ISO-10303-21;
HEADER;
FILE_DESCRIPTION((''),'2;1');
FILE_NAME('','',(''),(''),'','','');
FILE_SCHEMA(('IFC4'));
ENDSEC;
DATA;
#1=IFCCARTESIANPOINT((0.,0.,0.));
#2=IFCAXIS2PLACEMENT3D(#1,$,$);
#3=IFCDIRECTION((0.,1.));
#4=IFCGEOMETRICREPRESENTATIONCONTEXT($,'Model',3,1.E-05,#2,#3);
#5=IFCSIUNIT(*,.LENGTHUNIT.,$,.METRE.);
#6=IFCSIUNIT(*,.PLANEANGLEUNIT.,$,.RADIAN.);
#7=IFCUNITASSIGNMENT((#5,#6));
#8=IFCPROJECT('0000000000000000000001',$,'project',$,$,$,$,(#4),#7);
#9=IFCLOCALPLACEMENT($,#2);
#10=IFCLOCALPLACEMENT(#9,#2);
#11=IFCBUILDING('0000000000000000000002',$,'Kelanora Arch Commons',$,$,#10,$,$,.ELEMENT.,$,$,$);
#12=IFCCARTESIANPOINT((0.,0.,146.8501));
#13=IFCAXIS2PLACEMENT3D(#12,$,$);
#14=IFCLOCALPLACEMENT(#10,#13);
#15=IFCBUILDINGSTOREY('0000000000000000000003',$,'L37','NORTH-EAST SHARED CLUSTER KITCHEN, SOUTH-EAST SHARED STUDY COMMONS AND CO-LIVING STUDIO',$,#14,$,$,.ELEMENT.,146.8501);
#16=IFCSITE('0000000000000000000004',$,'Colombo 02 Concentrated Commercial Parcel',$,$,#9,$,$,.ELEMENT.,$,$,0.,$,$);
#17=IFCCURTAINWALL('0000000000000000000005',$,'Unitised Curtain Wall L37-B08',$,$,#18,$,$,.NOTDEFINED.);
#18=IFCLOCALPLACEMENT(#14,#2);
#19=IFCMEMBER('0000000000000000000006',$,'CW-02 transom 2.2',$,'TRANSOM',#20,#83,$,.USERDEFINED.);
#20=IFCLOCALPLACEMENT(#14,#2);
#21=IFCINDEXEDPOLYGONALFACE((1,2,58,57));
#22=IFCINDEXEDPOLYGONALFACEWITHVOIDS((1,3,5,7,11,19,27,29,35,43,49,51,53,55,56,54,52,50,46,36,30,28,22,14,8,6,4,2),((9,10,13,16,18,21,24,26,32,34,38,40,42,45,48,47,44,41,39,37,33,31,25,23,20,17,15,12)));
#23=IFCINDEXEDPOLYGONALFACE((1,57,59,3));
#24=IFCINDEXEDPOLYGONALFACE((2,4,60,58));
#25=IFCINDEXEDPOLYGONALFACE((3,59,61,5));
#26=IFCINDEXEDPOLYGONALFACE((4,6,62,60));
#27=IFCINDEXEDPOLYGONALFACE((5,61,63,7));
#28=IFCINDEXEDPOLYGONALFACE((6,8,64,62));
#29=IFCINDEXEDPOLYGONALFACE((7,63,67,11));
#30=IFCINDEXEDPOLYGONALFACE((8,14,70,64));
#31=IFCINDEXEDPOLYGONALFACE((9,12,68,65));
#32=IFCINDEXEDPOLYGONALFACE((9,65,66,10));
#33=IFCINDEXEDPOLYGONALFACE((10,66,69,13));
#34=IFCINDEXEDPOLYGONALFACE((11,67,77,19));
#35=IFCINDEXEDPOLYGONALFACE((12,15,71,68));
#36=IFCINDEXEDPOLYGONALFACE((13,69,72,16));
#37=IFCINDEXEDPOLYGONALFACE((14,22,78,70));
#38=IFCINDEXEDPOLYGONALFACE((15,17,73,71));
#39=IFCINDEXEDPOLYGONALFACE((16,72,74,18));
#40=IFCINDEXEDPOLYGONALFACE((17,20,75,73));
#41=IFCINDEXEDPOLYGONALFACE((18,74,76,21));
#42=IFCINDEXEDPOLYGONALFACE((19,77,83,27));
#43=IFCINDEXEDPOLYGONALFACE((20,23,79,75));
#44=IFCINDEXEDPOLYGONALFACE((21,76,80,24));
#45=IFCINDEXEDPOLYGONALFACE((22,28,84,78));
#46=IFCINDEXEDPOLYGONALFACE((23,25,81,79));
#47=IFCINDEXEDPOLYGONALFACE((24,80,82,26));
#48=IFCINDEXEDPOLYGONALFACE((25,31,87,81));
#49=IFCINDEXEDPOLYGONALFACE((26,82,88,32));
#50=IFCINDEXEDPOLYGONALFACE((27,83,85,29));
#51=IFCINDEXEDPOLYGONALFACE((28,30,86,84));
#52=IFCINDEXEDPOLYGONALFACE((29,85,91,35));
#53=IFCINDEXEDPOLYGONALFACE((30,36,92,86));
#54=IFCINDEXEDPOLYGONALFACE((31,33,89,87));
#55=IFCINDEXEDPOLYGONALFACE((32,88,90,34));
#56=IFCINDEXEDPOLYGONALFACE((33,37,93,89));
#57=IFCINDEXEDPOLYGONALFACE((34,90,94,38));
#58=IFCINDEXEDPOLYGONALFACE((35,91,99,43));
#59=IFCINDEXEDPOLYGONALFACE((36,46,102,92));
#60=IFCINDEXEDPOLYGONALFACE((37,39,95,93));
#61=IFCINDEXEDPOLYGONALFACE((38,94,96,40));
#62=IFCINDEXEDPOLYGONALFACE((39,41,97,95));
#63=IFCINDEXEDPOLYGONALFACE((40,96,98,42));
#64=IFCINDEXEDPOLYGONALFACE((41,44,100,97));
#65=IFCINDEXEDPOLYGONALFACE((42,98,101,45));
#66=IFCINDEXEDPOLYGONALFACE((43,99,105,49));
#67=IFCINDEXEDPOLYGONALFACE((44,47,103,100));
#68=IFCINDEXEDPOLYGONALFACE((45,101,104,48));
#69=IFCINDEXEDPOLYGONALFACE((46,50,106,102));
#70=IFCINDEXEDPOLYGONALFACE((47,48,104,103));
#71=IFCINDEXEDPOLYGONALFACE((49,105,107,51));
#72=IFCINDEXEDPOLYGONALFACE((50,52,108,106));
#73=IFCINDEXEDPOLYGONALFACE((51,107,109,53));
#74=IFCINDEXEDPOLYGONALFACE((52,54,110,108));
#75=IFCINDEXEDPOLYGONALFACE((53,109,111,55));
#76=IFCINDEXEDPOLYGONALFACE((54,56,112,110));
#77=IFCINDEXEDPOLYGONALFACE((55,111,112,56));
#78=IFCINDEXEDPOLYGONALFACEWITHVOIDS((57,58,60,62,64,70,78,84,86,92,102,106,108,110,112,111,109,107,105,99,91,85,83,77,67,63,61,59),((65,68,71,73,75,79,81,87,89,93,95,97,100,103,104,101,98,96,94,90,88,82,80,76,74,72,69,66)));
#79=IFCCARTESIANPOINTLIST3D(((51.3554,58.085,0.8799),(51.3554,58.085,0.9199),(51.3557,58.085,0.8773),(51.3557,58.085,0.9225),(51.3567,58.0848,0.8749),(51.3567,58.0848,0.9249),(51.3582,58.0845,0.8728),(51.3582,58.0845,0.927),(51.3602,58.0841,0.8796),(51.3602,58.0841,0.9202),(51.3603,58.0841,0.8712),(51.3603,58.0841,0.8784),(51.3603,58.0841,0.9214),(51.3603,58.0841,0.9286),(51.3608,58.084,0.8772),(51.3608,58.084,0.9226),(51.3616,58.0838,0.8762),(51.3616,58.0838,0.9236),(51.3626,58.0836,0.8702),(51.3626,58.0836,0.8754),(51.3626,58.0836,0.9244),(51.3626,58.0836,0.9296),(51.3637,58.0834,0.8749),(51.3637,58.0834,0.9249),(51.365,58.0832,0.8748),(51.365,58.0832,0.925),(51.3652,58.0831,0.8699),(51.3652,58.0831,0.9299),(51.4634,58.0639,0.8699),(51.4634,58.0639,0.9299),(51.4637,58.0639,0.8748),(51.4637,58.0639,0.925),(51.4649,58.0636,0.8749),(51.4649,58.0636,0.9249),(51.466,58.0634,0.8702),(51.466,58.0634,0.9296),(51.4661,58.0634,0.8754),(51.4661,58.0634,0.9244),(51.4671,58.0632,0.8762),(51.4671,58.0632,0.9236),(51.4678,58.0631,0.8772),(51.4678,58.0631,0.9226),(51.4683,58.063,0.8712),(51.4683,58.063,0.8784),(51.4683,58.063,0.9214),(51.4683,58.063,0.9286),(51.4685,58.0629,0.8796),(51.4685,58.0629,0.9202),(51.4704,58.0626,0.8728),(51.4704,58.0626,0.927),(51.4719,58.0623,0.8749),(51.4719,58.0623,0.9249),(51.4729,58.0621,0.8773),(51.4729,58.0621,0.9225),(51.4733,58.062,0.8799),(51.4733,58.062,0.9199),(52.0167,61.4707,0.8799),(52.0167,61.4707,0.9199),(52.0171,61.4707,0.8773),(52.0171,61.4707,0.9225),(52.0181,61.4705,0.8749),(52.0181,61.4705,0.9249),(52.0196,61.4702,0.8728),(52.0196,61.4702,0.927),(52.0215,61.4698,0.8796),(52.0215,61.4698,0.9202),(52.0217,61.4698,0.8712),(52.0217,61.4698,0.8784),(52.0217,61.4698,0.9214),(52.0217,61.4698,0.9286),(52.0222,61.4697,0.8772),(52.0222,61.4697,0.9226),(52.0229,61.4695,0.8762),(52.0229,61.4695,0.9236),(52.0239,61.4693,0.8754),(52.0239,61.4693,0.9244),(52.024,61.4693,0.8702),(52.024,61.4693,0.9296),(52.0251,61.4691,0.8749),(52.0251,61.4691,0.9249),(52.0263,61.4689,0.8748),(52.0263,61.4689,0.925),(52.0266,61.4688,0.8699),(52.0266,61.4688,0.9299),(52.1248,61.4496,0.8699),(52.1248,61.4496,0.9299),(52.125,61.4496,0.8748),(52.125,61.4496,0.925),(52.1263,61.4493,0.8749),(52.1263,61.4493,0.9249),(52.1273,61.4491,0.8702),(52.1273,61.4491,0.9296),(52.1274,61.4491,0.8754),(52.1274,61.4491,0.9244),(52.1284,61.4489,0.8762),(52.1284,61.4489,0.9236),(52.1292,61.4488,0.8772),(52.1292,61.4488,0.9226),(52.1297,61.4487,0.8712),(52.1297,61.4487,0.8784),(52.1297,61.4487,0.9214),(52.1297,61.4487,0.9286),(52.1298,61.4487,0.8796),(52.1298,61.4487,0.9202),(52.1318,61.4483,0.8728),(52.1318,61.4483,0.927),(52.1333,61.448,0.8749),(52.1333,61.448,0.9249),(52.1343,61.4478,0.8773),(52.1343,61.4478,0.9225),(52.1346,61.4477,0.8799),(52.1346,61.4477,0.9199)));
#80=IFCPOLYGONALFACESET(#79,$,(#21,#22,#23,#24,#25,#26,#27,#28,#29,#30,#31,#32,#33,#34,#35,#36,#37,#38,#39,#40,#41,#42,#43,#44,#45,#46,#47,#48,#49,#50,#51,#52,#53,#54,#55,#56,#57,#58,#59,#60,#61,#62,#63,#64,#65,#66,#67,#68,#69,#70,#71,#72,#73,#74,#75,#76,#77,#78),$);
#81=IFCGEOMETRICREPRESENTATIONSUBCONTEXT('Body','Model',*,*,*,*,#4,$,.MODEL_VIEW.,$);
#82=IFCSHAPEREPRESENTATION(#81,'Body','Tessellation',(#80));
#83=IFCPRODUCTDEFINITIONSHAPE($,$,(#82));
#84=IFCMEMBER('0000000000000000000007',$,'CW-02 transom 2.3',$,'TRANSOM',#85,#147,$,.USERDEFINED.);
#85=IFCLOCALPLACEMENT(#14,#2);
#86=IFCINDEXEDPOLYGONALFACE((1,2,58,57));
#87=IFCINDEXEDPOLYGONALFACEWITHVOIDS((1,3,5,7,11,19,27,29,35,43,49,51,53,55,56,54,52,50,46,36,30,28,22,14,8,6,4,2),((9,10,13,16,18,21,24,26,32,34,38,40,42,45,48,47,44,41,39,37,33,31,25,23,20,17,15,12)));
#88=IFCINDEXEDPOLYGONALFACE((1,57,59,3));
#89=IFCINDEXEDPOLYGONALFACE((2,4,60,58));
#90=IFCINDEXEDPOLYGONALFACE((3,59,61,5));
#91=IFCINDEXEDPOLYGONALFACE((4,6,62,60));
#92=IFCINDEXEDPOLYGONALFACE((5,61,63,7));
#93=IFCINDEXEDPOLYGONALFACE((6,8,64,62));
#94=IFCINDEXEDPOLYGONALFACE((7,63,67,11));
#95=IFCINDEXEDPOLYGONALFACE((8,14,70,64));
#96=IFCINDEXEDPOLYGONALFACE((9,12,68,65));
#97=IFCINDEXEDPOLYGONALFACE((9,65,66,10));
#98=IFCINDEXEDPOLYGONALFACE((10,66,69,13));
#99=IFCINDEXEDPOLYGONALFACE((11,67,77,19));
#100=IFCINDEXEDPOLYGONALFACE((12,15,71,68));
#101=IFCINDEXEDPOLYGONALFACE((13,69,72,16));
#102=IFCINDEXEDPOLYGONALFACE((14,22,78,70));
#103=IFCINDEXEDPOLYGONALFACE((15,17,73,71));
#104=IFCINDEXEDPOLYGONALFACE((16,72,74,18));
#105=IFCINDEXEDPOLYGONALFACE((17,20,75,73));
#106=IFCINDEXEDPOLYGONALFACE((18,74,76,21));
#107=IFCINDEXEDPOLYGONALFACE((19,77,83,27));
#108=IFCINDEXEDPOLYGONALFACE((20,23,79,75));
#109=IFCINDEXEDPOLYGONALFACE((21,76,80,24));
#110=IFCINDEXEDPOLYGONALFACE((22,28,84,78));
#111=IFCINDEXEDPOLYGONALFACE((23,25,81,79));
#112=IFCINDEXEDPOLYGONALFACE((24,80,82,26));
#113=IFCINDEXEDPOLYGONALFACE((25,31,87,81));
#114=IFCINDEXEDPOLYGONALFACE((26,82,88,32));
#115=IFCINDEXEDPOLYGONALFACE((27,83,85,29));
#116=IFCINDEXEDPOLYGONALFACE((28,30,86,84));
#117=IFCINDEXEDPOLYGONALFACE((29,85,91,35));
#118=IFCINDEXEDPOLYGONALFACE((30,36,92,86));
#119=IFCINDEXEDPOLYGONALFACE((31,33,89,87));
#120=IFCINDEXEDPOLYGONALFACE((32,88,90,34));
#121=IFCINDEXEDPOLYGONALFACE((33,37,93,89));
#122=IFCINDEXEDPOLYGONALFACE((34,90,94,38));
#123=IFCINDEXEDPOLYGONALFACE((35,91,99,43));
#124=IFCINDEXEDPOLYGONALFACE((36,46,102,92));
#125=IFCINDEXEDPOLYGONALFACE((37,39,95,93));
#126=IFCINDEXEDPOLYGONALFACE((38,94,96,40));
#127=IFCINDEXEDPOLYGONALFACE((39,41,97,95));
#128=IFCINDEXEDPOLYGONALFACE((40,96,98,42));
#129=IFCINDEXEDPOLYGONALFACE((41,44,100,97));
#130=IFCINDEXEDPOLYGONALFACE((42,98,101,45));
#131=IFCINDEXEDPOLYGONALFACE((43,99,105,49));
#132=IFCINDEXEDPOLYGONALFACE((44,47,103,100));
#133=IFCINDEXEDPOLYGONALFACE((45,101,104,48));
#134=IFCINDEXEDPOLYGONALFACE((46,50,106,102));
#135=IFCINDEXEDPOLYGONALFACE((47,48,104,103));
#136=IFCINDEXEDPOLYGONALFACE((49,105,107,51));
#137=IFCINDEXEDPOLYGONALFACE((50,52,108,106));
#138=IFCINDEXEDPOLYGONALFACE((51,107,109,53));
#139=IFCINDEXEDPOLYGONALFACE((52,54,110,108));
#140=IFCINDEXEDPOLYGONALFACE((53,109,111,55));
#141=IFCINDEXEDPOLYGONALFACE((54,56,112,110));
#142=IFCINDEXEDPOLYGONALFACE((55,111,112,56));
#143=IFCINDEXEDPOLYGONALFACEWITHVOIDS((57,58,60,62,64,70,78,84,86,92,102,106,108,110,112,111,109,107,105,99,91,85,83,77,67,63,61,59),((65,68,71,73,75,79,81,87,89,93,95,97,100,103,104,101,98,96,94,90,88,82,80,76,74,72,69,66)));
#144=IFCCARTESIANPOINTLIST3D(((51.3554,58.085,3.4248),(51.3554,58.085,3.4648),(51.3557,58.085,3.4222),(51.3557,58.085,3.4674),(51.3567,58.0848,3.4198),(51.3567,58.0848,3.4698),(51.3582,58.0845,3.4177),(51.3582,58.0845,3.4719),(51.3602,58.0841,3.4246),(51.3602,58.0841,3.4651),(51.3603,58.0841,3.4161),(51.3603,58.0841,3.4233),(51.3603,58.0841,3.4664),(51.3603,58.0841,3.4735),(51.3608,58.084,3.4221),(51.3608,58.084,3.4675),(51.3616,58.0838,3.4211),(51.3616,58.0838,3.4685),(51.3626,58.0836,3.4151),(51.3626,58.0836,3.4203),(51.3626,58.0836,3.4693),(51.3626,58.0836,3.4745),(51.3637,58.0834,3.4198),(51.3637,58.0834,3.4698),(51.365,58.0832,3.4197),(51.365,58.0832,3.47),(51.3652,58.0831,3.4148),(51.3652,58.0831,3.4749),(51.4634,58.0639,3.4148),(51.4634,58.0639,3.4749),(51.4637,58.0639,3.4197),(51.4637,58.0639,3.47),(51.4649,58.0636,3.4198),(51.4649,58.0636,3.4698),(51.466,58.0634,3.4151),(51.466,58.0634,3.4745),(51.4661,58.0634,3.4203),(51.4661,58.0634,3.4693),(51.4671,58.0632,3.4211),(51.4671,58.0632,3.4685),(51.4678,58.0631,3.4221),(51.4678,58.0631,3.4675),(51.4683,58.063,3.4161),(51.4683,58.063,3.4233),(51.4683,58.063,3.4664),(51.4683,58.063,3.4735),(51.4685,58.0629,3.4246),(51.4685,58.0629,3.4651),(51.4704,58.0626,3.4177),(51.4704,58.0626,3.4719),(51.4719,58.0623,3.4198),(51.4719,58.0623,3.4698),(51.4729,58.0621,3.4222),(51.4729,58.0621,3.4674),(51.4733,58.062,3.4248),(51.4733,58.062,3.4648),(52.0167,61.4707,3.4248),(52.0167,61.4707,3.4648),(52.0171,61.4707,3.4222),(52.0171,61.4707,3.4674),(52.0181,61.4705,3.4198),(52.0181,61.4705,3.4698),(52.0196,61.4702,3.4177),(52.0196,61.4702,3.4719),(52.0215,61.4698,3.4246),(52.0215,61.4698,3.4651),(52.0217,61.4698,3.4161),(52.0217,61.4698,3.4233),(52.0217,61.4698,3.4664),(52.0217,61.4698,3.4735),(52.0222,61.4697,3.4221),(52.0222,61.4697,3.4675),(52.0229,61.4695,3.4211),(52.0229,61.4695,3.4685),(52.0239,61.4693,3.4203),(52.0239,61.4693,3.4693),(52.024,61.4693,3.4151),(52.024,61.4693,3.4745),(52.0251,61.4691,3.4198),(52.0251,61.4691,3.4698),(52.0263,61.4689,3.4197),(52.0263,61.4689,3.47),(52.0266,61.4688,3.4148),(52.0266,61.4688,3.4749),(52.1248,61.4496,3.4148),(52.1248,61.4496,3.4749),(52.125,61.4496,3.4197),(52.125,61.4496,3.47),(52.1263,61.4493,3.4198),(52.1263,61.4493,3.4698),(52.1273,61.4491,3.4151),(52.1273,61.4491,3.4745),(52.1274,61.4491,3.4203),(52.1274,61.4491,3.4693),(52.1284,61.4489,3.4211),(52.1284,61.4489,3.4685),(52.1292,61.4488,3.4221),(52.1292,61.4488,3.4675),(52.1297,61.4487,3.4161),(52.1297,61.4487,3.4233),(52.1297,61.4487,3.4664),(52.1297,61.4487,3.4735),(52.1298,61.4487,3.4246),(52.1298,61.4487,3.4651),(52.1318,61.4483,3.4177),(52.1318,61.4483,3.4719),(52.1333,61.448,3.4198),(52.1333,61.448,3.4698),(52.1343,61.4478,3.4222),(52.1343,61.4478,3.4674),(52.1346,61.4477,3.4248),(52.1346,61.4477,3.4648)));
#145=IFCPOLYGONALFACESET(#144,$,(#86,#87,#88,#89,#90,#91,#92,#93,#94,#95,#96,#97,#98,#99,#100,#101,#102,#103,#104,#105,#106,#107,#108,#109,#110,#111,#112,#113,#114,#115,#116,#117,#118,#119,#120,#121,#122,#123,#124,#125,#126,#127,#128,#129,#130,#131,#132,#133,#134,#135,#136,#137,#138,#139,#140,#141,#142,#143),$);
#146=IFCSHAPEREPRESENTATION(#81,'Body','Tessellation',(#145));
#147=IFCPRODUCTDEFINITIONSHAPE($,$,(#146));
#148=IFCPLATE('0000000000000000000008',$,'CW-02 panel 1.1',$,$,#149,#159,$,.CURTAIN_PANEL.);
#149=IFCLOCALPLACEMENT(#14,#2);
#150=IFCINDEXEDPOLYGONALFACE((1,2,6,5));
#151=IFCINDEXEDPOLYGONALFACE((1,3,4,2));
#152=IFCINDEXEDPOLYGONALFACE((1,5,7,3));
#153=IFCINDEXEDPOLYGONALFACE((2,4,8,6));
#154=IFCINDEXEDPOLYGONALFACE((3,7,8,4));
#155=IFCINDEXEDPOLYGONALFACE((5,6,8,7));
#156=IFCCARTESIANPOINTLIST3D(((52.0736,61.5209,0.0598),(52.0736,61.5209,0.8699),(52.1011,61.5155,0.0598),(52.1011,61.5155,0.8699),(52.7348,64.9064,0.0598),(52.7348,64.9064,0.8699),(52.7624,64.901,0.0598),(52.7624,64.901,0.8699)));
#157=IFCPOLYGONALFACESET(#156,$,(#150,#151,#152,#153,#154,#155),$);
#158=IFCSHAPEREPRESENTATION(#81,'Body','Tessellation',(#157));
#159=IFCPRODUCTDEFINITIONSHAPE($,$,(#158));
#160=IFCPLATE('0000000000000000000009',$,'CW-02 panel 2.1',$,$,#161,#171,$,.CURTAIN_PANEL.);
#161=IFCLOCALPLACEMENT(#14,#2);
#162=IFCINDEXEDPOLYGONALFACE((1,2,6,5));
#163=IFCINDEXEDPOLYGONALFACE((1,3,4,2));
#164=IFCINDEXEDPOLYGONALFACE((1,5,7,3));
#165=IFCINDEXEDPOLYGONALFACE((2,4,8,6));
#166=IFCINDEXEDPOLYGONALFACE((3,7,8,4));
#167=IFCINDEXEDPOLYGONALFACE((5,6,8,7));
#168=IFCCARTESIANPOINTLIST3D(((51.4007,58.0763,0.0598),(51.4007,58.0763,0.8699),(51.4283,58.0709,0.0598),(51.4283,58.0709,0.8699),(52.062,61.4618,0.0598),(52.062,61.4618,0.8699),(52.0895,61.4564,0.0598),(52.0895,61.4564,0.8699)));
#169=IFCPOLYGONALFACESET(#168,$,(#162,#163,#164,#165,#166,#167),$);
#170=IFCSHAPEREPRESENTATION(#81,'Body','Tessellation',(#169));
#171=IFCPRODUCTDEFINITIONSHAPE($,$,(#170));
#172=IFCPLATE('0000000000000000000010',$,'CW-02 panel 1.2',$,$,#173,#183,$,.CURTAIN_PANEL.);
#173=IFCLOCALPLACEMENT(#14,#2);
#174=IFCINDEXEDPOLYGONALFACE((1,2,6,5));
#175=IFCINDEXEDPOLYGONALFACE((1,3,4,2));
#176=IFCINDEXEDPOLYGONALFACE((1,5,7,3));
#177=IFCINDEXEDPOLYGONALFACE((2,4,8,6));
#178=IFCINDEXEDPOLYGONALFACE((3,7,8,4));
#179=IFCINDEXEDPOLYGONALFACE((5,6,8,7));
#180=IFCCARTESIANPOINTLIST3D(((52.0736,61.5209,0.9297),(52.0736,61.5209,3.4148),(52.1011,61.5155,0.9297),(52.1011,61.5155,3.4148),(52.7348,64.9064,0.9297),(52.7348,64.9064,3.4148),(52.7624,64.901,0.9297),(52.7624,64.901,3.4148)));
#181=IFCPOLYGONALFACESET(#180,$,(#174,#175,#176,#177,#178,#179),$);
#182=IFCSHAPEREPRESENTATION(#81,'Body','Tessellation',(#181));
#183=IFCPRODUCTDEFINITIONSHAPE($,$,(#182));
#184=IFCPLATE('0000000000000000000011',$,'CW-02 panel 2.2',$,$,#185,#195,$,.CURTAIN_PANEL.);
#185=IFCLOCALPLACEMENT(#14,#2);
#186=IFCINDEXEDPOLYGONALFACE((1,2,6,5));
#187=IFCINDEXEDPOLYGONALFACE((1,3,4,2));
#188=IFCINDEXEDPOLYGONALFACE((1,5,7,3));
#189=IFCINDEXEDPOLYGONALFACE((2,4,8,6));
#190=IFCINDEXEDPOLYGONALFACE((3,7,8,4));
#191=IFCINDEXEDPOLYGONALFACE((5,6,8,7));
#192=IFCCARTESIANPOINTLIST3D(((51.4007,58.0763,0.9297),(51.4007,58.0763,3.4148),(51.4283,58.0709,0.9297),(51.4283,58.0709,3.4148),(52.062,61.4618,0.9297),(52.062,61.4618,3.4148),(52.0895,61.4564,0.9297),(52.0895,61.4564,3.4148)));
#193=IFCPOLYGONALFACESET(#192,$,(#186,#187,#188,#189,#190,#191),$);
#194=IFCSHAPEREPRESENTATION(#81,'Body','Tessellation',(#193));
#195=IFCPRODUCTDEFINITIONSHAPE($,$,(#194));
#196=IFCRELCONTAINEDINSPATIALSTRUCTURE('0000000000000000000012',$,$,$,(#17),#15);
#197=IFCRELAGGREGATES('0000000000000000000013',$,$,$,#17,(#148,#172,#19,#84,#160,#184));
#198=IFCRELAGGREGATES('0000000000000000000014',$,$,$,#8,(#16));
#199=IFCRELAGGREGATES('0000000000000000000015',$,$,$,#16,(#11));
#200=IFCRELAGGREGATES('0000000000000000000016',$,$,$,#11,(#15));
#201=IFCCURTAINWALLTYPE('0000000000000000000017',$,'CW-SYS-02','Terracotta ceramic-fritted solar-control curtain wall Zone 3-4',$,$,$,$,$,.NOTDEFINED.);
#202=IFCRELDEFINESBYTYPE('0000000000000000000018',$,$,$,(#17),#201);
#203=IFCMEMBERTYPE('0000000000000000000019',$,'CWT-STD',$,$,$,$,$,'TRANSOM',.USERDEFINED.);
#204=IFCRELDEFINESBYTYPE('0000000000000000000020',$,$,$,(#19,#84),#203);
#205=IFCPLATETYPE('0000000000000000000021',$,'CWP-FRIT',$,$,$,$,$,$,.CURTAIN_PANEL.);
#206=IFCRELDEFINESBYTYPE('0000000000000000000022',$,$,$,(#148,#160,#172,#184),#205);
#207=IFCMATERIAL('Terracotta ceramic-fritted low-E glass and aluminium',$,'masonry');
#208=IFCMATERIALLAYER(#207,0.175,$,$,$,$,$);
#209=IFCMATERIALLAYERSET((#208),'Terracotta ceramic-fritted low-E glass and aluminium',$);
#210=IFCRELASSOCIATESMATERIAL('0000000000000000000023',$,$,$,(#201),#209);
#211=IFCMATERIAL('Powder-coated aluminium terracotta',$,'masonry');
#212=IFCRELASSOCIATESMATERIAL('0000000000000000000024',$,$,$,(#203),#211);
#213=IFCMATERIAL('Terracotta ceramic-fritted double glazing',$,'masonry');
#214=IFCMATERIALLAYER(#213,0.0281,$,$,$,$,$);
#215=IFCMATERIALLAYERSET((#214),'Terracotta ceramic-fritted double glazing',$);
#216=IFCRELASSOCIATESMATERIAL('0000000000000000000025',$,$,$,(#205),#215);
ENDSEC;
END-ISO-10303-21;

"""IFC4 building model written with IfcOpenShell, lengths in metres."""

from ifc_helpers import new_model, si_unit, direction, frame, origin, origin_2d, place, context, subcontext, project, spatial, rectangle, hollow_rectangle, extrude, source, transform, mapped, material, layer, layer_set, material_profile, profile_set, type_object, element, aggregate, save


model = new_model("IFC4")

# Units and contexts
model_context = context("Model", 3, precision=1e-05, world=origin(), true_north=direction((0.0, 1.0)))
body_context = subcontext(model_context, "Body", "Model", "MODEL_VIEW")
ifc_project = project(units=[si_unit("LENGTHUNIT", "METRE"), si_unit("PLANEANGLEUNIT", "RADIAN")], contexts=[model_context])

# Site, building, storey
site_placement = place(None, origin())
site = spatial("IfcSite", under=ifc_project, at=site_placement, Name="Colombo 02 Concentrated Commercial Parcel", CompositionType="ELEMENT", RefElevation=0.0)
building_placement = place(site_placement, origin())
building = spatial("IfcBuilding", under=site, at=building_placement, Name="Kelanora Arch Commons", CompositionType="ELEMENT")
storey_placement = place(building_placement, frame((0.0, 0.0, 146.8501)))
storey = spatial("IfcBuildingStorey", under=building, at=storey_placement, Name="L37", Description="NORTH-EAST SHARED CLUSTER KITCHEN, SOUTH-EAST SHARED STUDY COMMONS AND CO-LIVING STUDIO", CompositionType="ELEMENT", Elevation=146.8501)

# Curtain wall, members, plates
ifc_material_1 = material(Name="Terracotta ceramic-fritted low-E glass and aluminium", Category="masonry")
ifc_layer_1 = layer(ifc_material_1, 0.175)
ifc_layer_set_1 = layer_set([ifc_layer_1], Name="Terracotta ceramic-fritted low-E glass and aluminium")
curtain_wall_type = type_object("IfcCurtainWallType", Name="CW-SYS-02", Description="Terracotta ceramic-fritted solar-control curtain wall Zone 3-4", PredefinedType="NOTDEFINED", material=ifc_layer_set_1)
curtain_wall_placement = place(storey_placement, origin())
curtain_wall = element("IfcCurtainWall", 1, at=curtain_wall_placement, inside=storey, type_object=curtain_wall_type, Name="Unitised Curtain Wall L37-B08", PredefinedType="NOTDEFINED")
ifc_material_2 = material(Name="Powder-coated aluminium terracotta", Category="masonry")
ifc_material_profile_1 = material_profile(ifc_material_2, hollow_rectangle(XDim=0.1201, YDim=0.0601, WallThickness=0.0049, InnerFilletRadius=0.0049, OuterFilletRadius=0.01, at=origin_2d()), Name="CWT120x60")
ifc_profile_set_1 = profile_set([ifc_material_profile_1], Name="Powder-coated aluminium terracotta")
member_type_1 = type_object("IfcMemberType", Name="CWT-STD", ElementType="TRANSOM", PredefinedType="USERDEFINED", material=ifc_profile_set_1)
member_1_placement = place(storey_placement, frame((52.0757, 61.4592, 0.8999), z_axis=(-0.191718, -0.98145, 0.0), x_axis=(0.98145, -0.191718, 0.0)))
member_1 = element("IfcMember", 2, at=member_1_placement, type_object=member_type_1, Name="CW-02 transom 2.2", ObjectType="TRANSOM", PredefinedType="USERDEFINED", context=body_context, shape_type="SweptSolid", body=[
    extrude(hollow_rectangle(XDim=0.1201, YDim=0.0601, WallThickness=0.0049, InnerFilletRadius=0.0049, OuterFilletRadius=0.01, at=origin_2d()), origin(), (0.0, 0.0, 1.0), 3.4497),
])
member_2_placement = place(storey_placement, frame((52.0757, 61.4592, 3.4448), z_axis=(-0.191718, -0.98145, 0.0), x_axis=(0.98145, -0.191718, 0.0)))
member_2 = element("IfcMember", 3, at=member_2_placement, type_object=member_type_1, Name="CW-02 transom 2.3", ObjectType="TRANSOM", PredefinedType="USERDEFINED", context=body_context, shape_type="SweptSolid", body=[
    extrude(hollow_rectangle(XDim=0.1201, YDim=0.0601, WallThickness=0.0049, InnerFilletRadius=0.0049, OuterFilletRadius=0.01, at=origin_2d()), origin(), (0.0, 0.0, 1.0), 3.4497),
])
ifc_material_3 = material(Name="Terracotta ceramic-fritted double glazing", Category="masonry")
ifc_layer_2 = layer(ifc_material_3, 0.0281)
ifc_layer_set_2 = layer_set([ifc_layer_2], Name="Terracotta ceramic-fritted double glazing")
plate_type = type_object("IfcPlateType", Name="CWP-FRIT", PredefinedType="CURTAIN_PANEL", material=ifc_layer_set_2)
shared_shape_1 = source(origin(), body_context, "Body", "SweptSolid", [
    extrude(rectangle(XDim=3.4495, YDim=0.0281, at=origin_2d()), origin(), (0.0, 0.0, 1.0), 0.8101),
])
plate_1_placement = place(storey_placement, frame((52.418, 63.2109, 0.0598), z_axis=(0.0, 0.0, 1.0), x_axis=(-0.191705, -0.981453, 0.0)))
plate_1 = element("IfcPlate", 4, at=plate_1_placement, type_object=plate_type, Name="CW-02 panel 1.1", PredefinedType="CURTAIN_PANEL", context=body_context, shape_type="MappedRepresentation", body=[
    mapped(shared_shape_1, transform((0.0, 0.0, 0.0), scale=1.0)),
])
plate_2_placement = place(storey_placement, frame((51.7451, 59.7664, 0.0598), z_axis=(0.0, 0.0, 1.0), x_axis=(-0.191705, -0.981453, 0.0)))
plate_2 = element("IfcPlate", 5, at=plate_2_placement, type_object=plate_type, Name="CW-02 panel 2.1", PredefinedType="CURTAIN_PANEL", context=body_context, shape_type="MappedRepresentation", body=[
    mapped(shared_shape_1, transform((0.0, 0.0, 0.0), scale=1.0)),
])
shared_shape_2 = source(origin(), body_context, "Body", "SweptSolid", [
    extrude(rectangle(XDim=3.4495, YDim=0.0281, at=origin_2d()), origin(), (0.0, 0.0, 1.0), 2.4851),
])
plate_3_placement = place(storey_placement, frame((52.418, 63.2109, 0.9297), z_axis=(0.0, 0.0, 1.0), x_axis=(-0.191705, -0.981453, 0.0)))
plate_3 = element("IfcPlate", 6, at=plate_3_placement, type_object=plate_type, Name="CW-02 panel 1.2", PredefinedType="CURTAIN_PANEL", context=body_context, shape_type="MappedRepresentation", body=[
    mapped(shared_shape_2, transform((0.0, 0.0, 0.0), scale=1.0)),
])
plate_4_placement = place(storey_placement, frame((51.7451, 59.7664, 0.9297), z_axis=(0.0, 0.0, 1.0), x_axis=(-0.191705, -0.981453, 0.0)))
plate_4 = element("IfcPlate", 7, at=plate_4_placement, type_object=plate_type, Name="CW-02 panel 2.2", PredefinedType="CURTAIN_PANEL", context=body_context, shape_type="MappedRepresentation", body=[
    mapped(shared_shape_2, transform((0.0, 0.0, 0.0), scale=1.0)),
])
aggregate(curtain_wall, [plate_1, plate_3, member_1, member_2, plate_2, plate_4])

save(model, "model.ifc")
